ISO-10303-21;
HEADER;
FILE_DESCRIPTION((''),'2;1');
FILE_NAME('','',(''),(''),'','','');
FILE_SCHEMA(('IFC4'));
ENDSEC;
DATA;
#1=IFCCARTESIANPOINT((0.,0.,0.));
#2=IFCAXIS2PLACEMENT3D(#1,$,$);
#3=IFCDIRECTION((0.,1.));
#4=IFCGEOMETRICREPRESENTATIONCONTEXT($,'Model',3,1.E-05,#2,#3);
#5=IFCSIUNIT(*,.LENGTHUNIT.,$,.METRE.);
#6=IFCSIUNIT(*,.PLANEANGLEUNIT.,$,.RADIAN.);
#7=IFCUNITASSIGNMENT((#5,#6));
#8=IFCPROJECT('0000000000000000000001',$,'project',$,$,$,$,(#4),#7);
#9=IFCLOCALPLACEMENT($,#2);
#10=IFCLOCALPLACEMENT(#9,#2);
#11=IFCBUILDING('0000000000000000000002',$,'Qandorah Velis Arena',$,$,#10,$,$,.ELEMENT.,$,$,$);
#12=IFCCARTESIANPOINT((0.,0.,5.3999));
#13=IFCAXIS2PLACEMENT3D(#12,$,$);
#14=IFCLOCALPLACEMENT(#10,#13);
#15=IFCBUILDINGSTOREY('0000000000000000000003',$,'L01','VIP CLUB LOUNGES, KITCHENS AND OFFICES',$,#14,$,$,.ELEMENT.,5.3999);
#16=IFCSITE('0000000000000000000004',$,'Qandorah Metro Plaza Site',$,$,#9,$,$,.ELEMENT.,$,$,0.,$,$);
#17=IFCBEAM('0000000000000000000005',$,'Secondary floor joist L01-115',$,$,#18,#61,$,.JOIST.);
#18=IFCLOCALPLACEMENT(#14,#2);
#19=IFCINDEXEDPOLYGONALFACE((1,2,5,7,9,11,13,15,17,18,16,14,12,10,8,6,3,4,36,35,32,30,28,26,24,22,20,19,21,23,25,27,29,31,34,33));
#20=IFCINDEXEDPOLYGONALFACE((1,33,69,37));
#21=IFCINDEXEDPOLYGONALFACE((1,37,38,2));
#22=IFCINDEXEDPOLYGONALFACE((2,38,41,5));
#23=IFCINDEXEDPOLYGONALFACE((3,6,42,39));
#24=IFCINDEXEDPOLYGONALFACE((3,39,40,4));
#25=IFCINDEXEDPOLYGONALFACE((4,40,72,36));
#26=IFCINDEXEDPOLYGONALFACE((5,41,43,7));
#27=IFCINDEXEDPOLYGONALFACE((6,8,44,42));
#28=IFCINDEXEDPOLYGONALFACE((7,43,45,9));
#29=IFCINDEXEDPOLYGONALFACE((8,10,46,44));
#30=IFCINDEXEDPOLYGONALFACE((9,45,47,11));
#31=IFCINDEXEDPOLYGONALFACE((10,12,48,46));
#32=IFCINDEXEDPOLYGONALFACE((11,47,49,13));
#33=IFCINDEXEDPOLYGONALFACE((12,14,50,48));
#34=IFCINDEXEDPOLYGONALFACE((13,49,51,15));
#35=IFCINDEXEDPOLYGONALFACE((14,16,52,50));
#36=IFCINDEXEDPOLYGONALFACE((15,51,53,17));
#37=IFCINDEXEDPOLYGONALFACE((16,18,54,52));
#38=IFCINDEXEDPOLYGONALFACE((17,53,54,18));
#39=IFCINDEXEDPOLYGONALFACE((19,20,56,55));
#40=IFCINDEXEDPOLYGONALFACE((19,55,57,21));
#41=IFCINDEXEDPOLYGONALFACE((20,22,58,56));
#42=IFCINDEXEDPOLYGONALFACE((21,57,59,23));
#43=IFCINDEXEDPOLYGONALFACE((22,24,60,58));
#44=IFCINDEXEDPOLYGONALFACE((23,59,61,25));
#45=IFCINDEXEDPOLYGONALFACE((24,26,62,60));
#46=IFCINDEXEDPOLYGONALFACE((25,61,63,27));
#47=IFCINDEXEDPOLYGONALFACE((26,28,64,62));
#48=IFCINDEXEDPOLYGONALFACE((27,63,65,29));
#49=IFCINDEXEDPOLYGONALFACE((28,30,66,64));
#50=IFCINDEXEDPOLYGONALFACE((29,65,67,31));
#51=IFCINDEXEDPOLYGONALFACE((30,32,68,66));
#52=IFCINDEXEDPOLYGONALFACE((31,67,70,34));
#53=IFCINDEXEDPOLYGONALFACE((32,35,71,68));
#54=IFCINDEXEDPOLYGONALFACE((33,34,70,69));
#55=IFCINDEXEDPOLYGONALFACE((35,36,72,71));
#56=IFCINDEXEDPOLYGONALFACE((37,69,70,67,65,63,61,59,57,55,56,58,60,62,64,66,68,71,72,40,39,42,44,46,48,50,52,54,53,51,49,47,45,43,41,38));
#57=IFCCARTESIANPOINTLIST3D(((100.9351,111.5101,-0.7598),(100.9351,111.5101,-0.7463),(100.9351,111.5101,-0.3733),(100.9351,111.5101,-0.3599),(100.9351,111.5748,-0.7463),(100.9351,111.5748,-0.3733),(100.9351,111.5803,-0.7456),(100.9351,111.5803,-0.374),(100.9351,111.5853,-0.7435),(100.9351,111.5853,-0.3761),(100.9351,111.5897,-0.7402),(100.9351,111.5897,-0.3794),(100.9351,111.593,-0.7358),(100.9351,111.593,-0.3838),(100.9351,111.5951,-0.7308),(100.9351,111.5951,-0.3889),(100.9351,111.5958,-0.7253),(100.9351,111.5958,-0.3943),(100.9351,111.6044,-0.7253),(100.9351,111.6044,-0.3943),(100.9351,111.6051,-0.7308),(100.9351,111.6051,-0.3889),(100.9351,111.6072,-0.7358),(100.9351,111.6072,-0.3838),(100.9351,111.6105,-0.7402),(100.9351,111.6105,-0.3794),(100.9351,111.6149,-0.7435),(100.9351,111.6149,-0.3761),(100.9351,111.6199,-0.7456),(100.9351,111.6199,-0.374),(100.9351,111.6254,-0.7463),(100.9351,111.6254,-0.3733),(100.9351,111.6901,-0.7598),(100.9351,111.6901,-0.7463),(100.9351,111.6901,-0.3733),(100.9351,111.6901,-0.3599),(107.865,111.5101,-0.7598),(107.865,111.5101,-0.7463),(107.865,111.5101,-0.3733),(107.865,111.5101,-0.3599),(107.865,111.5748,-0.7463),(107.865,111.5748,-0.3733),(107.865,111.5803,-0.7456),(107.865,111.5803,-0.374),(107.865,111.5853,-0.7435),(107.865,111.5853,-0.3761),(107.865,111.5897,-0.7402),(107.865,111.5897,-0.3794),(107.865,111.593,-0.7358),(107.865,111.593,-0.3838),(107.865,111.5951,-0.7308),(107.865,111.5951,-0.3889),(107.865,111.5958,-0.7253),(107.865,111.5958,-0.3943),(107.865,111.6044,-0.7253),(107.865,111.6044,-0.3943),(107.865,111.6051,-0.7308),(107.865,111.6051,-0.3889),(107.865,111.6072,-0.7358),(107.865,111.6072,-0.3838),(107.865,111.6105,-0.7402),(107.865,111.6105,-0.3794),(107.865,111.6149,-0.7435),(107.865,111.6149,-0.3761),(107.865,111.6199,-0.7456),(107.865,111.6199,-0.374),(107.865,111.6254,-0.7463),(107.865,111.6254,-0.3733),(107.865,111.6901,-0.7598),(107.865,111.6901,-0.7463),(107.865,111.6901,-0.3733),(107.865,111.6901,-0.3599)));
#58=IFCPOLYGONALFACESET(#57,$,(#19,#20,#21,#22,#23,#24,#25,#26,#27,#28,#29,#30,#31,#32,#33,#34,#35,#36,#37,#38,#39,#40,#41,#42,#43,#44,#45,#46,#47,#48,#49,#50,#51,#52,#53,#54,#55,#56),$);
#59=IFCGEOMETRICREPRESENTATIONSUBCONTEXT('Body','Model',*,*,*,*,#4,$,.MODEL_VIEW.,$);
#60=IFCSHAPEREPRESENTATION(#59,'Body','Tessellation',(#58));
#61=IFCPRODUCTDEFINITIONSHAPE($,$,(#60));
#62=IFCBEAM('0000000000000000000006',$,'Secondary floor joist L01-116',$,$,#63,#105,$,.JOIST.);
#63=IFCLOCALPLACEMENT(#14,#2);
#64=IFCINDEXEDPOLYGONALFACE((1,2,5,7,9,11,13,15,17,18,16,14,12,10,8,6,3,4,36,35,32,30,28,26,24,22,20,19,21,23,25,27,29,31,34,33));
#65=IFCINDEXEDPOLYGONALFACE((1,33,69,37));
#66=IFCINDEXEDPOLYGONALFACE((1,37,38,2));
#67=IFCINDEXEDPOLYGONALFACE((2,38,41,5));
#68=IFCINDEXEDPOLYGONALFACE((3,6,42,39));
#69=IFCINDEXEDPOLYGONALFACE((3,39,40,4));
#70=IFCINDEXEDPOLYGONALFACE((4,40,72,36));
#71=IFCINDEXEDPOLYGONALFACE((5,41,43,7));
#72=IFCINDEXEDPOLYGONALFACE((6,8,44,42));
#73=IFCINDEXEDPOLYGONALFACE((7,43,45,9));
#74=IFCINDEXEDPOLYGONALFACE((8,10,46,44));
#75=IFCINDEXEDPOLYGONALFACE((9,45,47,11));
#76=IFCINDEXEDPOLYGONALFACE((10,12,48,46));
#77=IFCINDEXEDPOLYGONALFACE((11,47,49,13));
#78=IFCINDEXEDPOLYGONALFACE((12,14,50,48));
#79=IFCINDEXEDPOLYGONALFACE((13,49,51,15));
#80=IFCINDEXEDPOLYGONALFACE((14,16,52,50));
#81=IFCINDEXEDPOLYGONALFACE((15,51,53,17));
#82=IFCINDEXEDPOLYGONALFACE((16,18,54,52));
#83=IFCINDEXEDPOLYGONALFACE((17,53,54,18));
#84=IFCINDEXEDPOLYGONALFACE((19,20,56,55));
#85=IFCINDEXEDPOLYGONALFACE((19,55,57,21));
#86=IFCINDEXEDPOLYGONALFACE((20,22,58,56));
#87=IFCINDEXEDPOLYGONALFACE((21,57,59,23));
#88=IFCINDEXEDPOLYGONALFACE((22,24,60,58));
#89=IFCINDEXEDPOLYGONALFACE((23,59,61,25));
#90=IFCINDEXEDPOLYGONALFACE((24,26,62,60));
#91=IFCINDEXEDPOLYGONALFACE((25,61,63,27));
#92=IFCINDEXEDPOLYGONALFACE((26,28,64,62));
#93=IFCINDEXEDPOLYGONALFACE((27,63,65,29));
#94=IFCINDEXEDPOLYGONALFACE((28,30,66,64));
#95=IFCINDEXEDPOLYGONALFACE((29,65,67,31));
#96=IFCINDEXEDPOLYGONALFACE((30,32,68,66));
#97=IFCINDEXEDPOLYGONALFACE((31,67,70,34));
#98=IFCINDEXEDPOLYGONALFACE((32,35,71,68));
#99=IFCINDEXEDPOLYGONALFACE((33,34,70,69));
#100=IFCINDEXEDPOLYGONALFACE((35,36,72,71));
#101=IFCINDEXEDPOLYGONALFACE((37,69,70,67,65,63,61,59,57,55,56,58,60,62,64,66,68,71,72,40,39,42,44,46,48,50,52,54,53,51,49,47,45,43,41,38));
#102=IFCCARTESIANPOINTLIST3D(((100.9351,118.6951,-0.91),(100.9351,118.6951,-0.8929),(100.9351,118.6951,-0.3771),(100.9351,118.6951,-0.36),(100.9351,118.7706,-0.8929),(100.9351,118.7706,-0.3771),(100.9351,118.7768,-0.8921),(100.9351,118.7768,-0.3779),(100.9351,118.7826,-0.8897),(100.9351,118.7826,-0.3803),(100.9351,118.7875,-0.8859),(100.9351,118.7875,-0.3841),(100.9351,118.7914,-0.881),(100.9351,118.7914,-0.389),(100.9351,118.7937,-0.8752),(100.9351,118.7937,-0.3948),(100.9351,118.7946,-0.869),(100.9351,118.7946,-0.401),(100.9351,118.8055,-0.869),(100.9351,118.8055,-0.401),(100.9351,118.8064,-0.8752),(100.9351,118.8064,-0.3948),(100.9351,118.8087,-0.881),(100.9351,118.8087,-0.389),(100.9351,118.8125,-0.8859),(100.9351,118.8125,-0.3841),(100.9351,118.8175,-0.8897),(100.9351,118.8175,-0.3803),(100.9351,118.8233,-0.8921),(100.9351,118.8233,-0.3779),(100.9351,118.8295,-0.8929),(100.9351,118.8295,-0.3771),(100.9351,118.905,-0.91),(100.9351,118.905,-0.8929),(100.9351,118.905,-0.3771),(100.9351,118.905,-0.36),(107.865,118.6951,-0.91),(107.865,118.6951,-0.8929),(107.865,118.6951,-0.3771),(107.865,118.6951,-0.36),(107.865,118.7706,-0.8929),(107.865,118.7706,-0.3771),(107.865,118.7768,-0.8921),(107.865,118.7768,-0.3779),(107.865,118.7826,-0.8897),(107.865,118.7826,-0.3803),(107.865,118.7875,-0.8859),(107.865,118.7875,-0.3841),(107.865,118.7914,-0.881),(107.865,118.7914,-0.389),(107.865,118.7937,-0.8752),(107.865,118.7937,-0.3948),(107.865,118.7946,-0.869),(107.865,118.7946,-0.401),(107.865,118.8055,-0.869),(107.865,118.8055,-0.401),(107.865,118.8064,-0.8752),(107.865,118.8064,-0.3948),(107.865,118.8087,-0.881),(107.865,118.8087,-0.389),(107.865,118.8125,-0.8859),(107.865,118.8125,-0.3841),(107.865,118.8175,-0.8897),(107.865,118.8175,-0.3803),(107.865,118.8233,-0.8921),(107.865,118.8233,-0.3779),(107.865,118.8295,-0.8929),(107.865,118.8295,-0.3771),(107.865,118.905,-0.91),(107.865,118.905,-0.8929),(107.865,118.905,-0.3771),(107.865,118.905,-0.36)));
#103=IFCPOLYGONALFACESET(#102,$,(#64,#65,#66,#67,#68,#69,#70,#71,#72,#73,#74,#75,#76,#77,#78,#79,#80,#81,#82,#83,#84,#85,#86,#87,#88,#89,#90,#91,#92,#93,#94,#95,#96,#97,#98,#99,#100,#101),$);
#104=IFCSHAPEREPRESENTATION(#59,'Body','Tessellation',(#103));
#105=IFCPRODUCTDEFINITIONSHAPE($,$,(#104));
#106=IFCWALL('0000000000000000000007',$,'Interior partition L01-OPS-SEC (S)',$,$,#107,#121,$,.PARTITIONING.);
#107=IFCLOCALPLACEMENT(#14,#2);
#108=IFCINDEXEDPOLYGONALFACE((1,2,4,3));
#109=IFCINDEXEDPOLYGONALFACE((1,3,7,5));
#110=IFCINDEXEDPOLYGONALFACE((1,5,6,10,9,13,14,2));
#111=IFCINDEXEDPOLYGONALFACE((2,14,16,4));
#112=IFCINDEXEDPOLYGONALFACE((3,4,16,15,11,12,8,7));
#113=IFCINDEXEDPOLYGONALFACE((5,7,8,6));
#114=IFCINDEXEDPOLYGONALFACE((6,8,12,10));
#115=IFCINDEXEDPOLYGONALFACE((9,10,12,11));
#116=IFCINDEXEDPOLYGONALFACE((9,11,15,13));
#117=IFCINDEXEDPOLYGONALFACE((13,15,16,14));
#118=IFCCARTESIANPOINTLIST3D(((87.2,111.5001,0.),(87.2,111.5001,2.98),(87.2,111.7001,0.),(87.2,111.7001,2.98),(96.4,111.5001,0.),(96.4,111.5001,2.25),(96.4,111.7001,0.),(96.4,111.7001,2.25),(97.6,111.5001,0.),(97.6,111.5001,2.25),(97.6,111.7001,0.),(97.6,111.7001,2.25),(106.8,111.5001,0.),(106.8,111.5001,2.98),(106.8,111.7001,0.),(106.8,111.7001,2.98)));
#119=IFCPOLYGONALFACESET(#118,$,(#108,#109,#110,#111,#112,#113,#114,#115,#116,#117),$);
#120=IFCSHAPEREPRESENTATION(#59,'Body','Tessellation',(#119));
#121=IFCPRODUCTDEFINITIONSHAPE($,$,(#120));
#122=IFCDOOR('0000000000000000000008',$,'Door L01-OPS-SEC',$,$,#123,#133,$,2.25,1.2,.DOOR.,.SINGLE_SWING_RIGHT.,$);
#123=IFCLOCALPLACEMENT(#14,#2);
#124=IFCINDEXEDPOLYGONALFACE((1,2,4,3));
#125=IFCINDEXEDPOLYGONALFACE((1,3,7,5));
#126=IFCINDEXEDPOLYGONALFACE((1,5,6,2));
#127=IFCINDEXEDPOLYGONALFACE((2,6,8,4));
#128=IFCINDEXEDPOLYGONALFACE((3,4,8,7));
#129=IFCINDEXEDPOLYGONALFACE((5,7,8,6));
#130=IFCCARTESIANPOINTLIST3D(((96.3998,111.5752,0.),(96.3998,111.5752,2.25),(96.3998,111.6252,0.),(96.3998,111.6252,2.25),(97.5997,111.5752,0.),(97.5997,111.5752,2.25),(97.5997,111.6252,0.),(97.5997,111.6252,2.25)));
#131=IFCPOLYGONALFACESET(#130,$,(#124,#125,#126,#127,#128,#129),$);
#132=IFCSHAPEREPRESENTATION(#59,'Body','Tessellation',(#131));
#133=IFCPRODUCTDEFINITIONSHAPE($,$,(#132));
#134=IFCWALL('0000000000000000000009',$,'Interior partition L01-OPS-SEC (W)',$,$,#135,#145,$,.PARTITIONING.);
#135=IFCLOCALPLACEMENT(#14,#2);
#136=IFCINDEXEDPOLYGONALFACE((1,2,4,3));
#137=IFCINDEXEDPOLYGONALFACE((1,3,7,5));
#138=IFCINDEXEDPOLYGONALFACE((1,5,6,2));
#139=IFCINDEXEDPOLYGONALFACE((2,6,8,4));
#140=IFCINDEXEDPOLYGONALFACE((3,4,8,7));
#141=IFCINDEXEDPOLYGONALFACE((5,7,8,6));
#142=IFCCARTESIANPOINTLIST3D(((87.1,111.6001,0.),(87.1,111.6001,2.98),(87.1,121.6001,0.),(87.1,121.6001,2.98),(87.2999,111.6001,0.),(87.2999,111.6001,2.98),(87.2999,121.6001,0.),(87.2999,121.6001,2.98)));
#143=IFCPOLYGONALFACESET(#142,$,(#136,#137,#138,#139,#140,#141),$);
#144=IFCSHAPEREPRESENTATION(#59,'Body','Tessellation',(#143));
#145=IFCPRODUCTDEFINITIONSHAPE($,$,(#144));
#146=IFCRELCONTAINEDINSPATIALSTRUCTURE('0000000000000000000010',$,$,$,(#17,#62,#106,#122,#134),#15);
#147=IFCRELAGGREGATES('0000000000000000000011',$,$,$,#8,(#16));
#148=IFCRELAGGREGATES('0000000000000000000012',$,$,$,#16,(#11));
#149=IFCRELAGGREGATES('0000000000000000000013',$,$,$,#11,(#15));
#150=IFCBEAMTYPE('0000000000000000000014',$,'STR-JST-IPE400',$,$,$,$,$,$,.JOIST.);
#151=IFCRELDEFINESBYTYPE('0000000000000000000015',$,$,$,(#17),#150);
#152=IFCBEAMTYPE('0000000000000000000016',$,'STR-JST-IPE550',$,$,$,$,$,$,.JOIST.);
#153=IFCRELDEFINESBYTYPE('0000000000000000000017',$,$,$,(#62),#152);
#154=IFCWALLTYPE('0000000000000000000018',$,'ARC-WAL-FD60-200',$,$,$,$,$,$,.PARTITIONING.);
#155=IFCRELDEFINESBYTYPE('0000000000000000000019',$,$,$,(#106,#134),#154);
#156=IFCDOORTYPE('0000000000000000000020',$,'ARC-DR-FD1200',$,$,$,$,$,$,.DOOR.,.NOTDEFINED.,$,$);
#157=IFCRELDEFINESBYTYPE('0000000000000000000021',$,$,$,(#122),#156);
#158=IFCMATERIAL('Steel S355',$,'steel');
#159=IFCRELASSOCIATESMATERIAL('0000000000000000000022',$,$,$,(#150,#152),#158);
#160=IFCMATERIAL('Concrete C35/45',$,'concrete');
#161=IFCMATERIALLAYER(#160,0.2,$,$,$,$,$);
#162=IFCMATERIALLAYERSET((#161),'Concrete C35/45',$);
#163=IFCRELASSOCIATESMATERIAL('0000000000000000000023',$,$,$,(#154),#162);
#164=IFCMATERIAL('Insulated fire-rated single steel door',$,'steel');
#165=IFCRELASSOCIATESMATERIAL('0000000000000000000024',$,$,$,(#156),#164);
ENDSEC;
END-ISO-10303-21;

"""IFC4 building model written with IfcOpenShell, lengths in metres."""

from ifc_helpers import new_model, si_unit, direction, frame, frame_2d, origin, origin_2d, place, context, subcontext, project, spatial, rectangle, i_section, extrude, material, layer, layer_set, material_profile, profile_set, type_object, element, fill, save


model = new_model("IFC4")

# Units and contexts
model_context = context("Model", 3, precision=1e-05, world=origin(), true_north=direction((0.0, 1.0)))
body_context = subcontext(model_context, "Body", "Model", "MODEL_VIEW")
ifc_project = project(units=[si_unit("LENGTHUNIT", "METRE"), si_unit("PLANEANGLEUNIT", "RADIAN")], contexts=[model_context])

# Site, building, storey
site_placement = place(None, origin())
site = spatial("IfcSite", under=ifc_project, at=site_placement, Name="Qandorah Metro Plaza Site", CompositionType="ELEMENT", RefElevation=0.0)
building_placement = place(site_placement, origin())
building = spatial("IfcBuilding", under=site, at=building_placement, Name="Qandorah Velis Arena", CompositionType="ELEMENT")
storey_placement = place(building_placement, frame((0.0, 0.0, 5.3999)))
storey = spatial("IfcBuildingStorey", under=building, at=storey_placement, Name="L01", Description="VIP CLUB LOUNGES, KITCHENS AND OFFICES", CompositionType="ELEMENT", Elevation=5.3999)

# Beams
ifc_material_1 = material(Name="Steel S355", Category="steel")
ifc_material_profile_1 = material_profile(ifc_material_1, i_section(OverallWidth=0.1799, OverallDepth=0.3999, WebThickness=0.0085, FlangeThickness=0.0134, FilletRadius=0.021, at=origin_2d()), Name="IPE 400")
ifc_profile_set_1 = profile_set([ifc_material_profile_1], Name="Steel S355")
beam_type_1 = type_object("IfcBeamType", Name="STR-JST-IPE400", PredefinedType="JOIST", material=ifc_profile_set_1)
for number, where, z_axis, x_axis, name in (
    (1, (100.9351, 111.6001, -0.5598), (1.0, 0.0, 0.0), (0.0, 1.0, 0.0), "Secondary floor joist L01-115"),
):
    element("IfcBeam", number, at=place(storey_placement, frame(where, z_axis=z_axis, x_axis=x_axis)), inside=storey, type_object=beam_type_1, Name=name, PredefinedType="JOIST", context=body_context, shape_type="SweptSolid", body=[
        extrude(i_section(OverallWidth=0.1799, OverallDepth=0.3999, WebThickness=0.0085, FlangeThickness=0.0134, FilletRadius=0.021, at=origin_2d()), origin(), (0.0, 0.0, 1.0), 6.9299),
    ])
ifc_material_profile_2 = material_profile(ifc_material_1, i_section(OverallWidth=0.21, OverallDepth=0.55, WebThickness=0.011, FlangeThickness=0.0171, FilletRadius=0.0239, at=origin_2d()), Name="IPE 550")
ifc_profile_set_2 = profile_set([ifc_material_profile_2], Name="Steel S355")
beam_type_2 = type_object("IfcBeamType", Name="STR-JST-IPE550", PredefinedType="JOIST", material=ifc_profile_set_2)
beam_1_placement = place(storey_placement, frame((100.9351, 118.8, -0.635), z_axis=(1.0, 0.0, 0.0), x_axis=(0.0, 1.0, 0.0)))
element("IfcBeam", 2, at=beam_1_placement, inside=storey, type_object=beam_type_2, Name="Secondary floor joist L01-116", PredefinedType="JOIST", context=body_context, shape_type="SweptSolid", body=[
    extrude(i_section(OverallWidth=0.21, OverallDepth=0.55, WebThickness=0.011, FlangeThickness=0.0171, FilletRadius=0.0239, at=origin_2d()), origin(), (0.0, 0.0, 1.0), 6.9299),
])

# Wall, opening, door
ifc_material_2 = material(Name="Concrete C35/45", Category="concrete")
ifc_layer = layer(ifc_material_2, 0.2)
ifc_layer_set = layer_set([ifc_layer], Name="Concrete C35/45")
wall_type = type_object("IfcWallType", Name="ARC-WAL-FD60-200", PredefinedType="PARTITIONING", material=ifc_layer_set)
wall_1_placement = place(storey_placement, frame((87.2, 111.6001, 0.0), z_axis=(0.0, 0.0, 1.0), x_axis=(1.0, 0.0, 0.0)))
wall_1 = element("IfcWall", 3, at=wall_1_placement, inside=storey, type_object=wall_type, Name="Interior partition L01-OPS-SEC (S)", PredefinedType="PARTITIONING", context=body_context, shape_type="SweptSolid", body=[
    extrude(rectangle(XDim=19.6001, YDim=0.2, at=frame_2d((9.8, 0.0))), origin(), (0.0, 0.0, 1.0), 2.98),
])
opening_placement = place(wall_1_placement, frame((9.2, 0.0, 0.0)))
opening = element("IfcOpeningElement", 4, at=opening_placement, cuts=wall_1, PredefinedType="OPENING", context=body_context, shape_type="SweptSolid", body=[
    extrude(rectangle(XDim=1.2, YDim=2.25, at=frame_2d((0.6001, 1.125))), frame((0.0, 0.1099, 0.0), z_axis=(0.0, -1.0, 0.0), x_axis=(1.0, 0.0, 0.0)), (0.0, 0.0, 1.0), 0.22),
])
ifc_material_3 = material(Name="Insulated fire-rated single steel door", Category="steel")
door_type = type_object("IfcDoorType", Name="ARC-DR-FD1200", OperationType="NOTDEFINED", PredefinedType="DOOR", material=ifc_material_3)
door_placement = place(opening_placement, frame((1.2, 0.0, 0.0), z_axis=(0.0, 0.0, 1.0), x_axis=(-1.0, 0.0, 0.0)))
door = element("IfcDoor", 5, at=door_placement, inside=storey, type_object=door_type, Name="Door L01-OPS-SEC", OperationType="SINGLE_SWING_RIGHT", OverallHeight=2.25, OverallWidth=1.2, PredefinedType="DOOR", context=body_context, shape_type="SweptSolid", body=[
    extrude(rectangle(XDim=1.2, YDim=2.25, at=frame_2d((0.6001, 1.125))), frame((0.0, 0.0249, 0.0), z_axis=(0.0, -1.0, 0.0), x_axis=(1.0, 0.0, 0.0)), (0.0, 0.0, 1.0), 0.05),
])
fill(opening, door)

# Wall
wall_2_placement = place(storey_placement, frame((87.2, 121.6001, 0.0), z_axis=(0.0, 0.0, 1.0), x_axis=(0.0, -1.0, 0.0)))
element("IfcWall", 6, at=wall_2_placement, inside=storey, type_object=wall_type, Name="Interior partition L01-OPS-SEC (W)", PredefinedType="PARTITIONING", context=body_context, shape_type="SweptSolid", body=[
    extrude(rectangle(XDim=10.0, YDim=0.2, at=frame_2d((5.0, 0.0))), origin(), (0.0, 0.0, 1.0), 2.98),
])

save(model, "model.ifc")
